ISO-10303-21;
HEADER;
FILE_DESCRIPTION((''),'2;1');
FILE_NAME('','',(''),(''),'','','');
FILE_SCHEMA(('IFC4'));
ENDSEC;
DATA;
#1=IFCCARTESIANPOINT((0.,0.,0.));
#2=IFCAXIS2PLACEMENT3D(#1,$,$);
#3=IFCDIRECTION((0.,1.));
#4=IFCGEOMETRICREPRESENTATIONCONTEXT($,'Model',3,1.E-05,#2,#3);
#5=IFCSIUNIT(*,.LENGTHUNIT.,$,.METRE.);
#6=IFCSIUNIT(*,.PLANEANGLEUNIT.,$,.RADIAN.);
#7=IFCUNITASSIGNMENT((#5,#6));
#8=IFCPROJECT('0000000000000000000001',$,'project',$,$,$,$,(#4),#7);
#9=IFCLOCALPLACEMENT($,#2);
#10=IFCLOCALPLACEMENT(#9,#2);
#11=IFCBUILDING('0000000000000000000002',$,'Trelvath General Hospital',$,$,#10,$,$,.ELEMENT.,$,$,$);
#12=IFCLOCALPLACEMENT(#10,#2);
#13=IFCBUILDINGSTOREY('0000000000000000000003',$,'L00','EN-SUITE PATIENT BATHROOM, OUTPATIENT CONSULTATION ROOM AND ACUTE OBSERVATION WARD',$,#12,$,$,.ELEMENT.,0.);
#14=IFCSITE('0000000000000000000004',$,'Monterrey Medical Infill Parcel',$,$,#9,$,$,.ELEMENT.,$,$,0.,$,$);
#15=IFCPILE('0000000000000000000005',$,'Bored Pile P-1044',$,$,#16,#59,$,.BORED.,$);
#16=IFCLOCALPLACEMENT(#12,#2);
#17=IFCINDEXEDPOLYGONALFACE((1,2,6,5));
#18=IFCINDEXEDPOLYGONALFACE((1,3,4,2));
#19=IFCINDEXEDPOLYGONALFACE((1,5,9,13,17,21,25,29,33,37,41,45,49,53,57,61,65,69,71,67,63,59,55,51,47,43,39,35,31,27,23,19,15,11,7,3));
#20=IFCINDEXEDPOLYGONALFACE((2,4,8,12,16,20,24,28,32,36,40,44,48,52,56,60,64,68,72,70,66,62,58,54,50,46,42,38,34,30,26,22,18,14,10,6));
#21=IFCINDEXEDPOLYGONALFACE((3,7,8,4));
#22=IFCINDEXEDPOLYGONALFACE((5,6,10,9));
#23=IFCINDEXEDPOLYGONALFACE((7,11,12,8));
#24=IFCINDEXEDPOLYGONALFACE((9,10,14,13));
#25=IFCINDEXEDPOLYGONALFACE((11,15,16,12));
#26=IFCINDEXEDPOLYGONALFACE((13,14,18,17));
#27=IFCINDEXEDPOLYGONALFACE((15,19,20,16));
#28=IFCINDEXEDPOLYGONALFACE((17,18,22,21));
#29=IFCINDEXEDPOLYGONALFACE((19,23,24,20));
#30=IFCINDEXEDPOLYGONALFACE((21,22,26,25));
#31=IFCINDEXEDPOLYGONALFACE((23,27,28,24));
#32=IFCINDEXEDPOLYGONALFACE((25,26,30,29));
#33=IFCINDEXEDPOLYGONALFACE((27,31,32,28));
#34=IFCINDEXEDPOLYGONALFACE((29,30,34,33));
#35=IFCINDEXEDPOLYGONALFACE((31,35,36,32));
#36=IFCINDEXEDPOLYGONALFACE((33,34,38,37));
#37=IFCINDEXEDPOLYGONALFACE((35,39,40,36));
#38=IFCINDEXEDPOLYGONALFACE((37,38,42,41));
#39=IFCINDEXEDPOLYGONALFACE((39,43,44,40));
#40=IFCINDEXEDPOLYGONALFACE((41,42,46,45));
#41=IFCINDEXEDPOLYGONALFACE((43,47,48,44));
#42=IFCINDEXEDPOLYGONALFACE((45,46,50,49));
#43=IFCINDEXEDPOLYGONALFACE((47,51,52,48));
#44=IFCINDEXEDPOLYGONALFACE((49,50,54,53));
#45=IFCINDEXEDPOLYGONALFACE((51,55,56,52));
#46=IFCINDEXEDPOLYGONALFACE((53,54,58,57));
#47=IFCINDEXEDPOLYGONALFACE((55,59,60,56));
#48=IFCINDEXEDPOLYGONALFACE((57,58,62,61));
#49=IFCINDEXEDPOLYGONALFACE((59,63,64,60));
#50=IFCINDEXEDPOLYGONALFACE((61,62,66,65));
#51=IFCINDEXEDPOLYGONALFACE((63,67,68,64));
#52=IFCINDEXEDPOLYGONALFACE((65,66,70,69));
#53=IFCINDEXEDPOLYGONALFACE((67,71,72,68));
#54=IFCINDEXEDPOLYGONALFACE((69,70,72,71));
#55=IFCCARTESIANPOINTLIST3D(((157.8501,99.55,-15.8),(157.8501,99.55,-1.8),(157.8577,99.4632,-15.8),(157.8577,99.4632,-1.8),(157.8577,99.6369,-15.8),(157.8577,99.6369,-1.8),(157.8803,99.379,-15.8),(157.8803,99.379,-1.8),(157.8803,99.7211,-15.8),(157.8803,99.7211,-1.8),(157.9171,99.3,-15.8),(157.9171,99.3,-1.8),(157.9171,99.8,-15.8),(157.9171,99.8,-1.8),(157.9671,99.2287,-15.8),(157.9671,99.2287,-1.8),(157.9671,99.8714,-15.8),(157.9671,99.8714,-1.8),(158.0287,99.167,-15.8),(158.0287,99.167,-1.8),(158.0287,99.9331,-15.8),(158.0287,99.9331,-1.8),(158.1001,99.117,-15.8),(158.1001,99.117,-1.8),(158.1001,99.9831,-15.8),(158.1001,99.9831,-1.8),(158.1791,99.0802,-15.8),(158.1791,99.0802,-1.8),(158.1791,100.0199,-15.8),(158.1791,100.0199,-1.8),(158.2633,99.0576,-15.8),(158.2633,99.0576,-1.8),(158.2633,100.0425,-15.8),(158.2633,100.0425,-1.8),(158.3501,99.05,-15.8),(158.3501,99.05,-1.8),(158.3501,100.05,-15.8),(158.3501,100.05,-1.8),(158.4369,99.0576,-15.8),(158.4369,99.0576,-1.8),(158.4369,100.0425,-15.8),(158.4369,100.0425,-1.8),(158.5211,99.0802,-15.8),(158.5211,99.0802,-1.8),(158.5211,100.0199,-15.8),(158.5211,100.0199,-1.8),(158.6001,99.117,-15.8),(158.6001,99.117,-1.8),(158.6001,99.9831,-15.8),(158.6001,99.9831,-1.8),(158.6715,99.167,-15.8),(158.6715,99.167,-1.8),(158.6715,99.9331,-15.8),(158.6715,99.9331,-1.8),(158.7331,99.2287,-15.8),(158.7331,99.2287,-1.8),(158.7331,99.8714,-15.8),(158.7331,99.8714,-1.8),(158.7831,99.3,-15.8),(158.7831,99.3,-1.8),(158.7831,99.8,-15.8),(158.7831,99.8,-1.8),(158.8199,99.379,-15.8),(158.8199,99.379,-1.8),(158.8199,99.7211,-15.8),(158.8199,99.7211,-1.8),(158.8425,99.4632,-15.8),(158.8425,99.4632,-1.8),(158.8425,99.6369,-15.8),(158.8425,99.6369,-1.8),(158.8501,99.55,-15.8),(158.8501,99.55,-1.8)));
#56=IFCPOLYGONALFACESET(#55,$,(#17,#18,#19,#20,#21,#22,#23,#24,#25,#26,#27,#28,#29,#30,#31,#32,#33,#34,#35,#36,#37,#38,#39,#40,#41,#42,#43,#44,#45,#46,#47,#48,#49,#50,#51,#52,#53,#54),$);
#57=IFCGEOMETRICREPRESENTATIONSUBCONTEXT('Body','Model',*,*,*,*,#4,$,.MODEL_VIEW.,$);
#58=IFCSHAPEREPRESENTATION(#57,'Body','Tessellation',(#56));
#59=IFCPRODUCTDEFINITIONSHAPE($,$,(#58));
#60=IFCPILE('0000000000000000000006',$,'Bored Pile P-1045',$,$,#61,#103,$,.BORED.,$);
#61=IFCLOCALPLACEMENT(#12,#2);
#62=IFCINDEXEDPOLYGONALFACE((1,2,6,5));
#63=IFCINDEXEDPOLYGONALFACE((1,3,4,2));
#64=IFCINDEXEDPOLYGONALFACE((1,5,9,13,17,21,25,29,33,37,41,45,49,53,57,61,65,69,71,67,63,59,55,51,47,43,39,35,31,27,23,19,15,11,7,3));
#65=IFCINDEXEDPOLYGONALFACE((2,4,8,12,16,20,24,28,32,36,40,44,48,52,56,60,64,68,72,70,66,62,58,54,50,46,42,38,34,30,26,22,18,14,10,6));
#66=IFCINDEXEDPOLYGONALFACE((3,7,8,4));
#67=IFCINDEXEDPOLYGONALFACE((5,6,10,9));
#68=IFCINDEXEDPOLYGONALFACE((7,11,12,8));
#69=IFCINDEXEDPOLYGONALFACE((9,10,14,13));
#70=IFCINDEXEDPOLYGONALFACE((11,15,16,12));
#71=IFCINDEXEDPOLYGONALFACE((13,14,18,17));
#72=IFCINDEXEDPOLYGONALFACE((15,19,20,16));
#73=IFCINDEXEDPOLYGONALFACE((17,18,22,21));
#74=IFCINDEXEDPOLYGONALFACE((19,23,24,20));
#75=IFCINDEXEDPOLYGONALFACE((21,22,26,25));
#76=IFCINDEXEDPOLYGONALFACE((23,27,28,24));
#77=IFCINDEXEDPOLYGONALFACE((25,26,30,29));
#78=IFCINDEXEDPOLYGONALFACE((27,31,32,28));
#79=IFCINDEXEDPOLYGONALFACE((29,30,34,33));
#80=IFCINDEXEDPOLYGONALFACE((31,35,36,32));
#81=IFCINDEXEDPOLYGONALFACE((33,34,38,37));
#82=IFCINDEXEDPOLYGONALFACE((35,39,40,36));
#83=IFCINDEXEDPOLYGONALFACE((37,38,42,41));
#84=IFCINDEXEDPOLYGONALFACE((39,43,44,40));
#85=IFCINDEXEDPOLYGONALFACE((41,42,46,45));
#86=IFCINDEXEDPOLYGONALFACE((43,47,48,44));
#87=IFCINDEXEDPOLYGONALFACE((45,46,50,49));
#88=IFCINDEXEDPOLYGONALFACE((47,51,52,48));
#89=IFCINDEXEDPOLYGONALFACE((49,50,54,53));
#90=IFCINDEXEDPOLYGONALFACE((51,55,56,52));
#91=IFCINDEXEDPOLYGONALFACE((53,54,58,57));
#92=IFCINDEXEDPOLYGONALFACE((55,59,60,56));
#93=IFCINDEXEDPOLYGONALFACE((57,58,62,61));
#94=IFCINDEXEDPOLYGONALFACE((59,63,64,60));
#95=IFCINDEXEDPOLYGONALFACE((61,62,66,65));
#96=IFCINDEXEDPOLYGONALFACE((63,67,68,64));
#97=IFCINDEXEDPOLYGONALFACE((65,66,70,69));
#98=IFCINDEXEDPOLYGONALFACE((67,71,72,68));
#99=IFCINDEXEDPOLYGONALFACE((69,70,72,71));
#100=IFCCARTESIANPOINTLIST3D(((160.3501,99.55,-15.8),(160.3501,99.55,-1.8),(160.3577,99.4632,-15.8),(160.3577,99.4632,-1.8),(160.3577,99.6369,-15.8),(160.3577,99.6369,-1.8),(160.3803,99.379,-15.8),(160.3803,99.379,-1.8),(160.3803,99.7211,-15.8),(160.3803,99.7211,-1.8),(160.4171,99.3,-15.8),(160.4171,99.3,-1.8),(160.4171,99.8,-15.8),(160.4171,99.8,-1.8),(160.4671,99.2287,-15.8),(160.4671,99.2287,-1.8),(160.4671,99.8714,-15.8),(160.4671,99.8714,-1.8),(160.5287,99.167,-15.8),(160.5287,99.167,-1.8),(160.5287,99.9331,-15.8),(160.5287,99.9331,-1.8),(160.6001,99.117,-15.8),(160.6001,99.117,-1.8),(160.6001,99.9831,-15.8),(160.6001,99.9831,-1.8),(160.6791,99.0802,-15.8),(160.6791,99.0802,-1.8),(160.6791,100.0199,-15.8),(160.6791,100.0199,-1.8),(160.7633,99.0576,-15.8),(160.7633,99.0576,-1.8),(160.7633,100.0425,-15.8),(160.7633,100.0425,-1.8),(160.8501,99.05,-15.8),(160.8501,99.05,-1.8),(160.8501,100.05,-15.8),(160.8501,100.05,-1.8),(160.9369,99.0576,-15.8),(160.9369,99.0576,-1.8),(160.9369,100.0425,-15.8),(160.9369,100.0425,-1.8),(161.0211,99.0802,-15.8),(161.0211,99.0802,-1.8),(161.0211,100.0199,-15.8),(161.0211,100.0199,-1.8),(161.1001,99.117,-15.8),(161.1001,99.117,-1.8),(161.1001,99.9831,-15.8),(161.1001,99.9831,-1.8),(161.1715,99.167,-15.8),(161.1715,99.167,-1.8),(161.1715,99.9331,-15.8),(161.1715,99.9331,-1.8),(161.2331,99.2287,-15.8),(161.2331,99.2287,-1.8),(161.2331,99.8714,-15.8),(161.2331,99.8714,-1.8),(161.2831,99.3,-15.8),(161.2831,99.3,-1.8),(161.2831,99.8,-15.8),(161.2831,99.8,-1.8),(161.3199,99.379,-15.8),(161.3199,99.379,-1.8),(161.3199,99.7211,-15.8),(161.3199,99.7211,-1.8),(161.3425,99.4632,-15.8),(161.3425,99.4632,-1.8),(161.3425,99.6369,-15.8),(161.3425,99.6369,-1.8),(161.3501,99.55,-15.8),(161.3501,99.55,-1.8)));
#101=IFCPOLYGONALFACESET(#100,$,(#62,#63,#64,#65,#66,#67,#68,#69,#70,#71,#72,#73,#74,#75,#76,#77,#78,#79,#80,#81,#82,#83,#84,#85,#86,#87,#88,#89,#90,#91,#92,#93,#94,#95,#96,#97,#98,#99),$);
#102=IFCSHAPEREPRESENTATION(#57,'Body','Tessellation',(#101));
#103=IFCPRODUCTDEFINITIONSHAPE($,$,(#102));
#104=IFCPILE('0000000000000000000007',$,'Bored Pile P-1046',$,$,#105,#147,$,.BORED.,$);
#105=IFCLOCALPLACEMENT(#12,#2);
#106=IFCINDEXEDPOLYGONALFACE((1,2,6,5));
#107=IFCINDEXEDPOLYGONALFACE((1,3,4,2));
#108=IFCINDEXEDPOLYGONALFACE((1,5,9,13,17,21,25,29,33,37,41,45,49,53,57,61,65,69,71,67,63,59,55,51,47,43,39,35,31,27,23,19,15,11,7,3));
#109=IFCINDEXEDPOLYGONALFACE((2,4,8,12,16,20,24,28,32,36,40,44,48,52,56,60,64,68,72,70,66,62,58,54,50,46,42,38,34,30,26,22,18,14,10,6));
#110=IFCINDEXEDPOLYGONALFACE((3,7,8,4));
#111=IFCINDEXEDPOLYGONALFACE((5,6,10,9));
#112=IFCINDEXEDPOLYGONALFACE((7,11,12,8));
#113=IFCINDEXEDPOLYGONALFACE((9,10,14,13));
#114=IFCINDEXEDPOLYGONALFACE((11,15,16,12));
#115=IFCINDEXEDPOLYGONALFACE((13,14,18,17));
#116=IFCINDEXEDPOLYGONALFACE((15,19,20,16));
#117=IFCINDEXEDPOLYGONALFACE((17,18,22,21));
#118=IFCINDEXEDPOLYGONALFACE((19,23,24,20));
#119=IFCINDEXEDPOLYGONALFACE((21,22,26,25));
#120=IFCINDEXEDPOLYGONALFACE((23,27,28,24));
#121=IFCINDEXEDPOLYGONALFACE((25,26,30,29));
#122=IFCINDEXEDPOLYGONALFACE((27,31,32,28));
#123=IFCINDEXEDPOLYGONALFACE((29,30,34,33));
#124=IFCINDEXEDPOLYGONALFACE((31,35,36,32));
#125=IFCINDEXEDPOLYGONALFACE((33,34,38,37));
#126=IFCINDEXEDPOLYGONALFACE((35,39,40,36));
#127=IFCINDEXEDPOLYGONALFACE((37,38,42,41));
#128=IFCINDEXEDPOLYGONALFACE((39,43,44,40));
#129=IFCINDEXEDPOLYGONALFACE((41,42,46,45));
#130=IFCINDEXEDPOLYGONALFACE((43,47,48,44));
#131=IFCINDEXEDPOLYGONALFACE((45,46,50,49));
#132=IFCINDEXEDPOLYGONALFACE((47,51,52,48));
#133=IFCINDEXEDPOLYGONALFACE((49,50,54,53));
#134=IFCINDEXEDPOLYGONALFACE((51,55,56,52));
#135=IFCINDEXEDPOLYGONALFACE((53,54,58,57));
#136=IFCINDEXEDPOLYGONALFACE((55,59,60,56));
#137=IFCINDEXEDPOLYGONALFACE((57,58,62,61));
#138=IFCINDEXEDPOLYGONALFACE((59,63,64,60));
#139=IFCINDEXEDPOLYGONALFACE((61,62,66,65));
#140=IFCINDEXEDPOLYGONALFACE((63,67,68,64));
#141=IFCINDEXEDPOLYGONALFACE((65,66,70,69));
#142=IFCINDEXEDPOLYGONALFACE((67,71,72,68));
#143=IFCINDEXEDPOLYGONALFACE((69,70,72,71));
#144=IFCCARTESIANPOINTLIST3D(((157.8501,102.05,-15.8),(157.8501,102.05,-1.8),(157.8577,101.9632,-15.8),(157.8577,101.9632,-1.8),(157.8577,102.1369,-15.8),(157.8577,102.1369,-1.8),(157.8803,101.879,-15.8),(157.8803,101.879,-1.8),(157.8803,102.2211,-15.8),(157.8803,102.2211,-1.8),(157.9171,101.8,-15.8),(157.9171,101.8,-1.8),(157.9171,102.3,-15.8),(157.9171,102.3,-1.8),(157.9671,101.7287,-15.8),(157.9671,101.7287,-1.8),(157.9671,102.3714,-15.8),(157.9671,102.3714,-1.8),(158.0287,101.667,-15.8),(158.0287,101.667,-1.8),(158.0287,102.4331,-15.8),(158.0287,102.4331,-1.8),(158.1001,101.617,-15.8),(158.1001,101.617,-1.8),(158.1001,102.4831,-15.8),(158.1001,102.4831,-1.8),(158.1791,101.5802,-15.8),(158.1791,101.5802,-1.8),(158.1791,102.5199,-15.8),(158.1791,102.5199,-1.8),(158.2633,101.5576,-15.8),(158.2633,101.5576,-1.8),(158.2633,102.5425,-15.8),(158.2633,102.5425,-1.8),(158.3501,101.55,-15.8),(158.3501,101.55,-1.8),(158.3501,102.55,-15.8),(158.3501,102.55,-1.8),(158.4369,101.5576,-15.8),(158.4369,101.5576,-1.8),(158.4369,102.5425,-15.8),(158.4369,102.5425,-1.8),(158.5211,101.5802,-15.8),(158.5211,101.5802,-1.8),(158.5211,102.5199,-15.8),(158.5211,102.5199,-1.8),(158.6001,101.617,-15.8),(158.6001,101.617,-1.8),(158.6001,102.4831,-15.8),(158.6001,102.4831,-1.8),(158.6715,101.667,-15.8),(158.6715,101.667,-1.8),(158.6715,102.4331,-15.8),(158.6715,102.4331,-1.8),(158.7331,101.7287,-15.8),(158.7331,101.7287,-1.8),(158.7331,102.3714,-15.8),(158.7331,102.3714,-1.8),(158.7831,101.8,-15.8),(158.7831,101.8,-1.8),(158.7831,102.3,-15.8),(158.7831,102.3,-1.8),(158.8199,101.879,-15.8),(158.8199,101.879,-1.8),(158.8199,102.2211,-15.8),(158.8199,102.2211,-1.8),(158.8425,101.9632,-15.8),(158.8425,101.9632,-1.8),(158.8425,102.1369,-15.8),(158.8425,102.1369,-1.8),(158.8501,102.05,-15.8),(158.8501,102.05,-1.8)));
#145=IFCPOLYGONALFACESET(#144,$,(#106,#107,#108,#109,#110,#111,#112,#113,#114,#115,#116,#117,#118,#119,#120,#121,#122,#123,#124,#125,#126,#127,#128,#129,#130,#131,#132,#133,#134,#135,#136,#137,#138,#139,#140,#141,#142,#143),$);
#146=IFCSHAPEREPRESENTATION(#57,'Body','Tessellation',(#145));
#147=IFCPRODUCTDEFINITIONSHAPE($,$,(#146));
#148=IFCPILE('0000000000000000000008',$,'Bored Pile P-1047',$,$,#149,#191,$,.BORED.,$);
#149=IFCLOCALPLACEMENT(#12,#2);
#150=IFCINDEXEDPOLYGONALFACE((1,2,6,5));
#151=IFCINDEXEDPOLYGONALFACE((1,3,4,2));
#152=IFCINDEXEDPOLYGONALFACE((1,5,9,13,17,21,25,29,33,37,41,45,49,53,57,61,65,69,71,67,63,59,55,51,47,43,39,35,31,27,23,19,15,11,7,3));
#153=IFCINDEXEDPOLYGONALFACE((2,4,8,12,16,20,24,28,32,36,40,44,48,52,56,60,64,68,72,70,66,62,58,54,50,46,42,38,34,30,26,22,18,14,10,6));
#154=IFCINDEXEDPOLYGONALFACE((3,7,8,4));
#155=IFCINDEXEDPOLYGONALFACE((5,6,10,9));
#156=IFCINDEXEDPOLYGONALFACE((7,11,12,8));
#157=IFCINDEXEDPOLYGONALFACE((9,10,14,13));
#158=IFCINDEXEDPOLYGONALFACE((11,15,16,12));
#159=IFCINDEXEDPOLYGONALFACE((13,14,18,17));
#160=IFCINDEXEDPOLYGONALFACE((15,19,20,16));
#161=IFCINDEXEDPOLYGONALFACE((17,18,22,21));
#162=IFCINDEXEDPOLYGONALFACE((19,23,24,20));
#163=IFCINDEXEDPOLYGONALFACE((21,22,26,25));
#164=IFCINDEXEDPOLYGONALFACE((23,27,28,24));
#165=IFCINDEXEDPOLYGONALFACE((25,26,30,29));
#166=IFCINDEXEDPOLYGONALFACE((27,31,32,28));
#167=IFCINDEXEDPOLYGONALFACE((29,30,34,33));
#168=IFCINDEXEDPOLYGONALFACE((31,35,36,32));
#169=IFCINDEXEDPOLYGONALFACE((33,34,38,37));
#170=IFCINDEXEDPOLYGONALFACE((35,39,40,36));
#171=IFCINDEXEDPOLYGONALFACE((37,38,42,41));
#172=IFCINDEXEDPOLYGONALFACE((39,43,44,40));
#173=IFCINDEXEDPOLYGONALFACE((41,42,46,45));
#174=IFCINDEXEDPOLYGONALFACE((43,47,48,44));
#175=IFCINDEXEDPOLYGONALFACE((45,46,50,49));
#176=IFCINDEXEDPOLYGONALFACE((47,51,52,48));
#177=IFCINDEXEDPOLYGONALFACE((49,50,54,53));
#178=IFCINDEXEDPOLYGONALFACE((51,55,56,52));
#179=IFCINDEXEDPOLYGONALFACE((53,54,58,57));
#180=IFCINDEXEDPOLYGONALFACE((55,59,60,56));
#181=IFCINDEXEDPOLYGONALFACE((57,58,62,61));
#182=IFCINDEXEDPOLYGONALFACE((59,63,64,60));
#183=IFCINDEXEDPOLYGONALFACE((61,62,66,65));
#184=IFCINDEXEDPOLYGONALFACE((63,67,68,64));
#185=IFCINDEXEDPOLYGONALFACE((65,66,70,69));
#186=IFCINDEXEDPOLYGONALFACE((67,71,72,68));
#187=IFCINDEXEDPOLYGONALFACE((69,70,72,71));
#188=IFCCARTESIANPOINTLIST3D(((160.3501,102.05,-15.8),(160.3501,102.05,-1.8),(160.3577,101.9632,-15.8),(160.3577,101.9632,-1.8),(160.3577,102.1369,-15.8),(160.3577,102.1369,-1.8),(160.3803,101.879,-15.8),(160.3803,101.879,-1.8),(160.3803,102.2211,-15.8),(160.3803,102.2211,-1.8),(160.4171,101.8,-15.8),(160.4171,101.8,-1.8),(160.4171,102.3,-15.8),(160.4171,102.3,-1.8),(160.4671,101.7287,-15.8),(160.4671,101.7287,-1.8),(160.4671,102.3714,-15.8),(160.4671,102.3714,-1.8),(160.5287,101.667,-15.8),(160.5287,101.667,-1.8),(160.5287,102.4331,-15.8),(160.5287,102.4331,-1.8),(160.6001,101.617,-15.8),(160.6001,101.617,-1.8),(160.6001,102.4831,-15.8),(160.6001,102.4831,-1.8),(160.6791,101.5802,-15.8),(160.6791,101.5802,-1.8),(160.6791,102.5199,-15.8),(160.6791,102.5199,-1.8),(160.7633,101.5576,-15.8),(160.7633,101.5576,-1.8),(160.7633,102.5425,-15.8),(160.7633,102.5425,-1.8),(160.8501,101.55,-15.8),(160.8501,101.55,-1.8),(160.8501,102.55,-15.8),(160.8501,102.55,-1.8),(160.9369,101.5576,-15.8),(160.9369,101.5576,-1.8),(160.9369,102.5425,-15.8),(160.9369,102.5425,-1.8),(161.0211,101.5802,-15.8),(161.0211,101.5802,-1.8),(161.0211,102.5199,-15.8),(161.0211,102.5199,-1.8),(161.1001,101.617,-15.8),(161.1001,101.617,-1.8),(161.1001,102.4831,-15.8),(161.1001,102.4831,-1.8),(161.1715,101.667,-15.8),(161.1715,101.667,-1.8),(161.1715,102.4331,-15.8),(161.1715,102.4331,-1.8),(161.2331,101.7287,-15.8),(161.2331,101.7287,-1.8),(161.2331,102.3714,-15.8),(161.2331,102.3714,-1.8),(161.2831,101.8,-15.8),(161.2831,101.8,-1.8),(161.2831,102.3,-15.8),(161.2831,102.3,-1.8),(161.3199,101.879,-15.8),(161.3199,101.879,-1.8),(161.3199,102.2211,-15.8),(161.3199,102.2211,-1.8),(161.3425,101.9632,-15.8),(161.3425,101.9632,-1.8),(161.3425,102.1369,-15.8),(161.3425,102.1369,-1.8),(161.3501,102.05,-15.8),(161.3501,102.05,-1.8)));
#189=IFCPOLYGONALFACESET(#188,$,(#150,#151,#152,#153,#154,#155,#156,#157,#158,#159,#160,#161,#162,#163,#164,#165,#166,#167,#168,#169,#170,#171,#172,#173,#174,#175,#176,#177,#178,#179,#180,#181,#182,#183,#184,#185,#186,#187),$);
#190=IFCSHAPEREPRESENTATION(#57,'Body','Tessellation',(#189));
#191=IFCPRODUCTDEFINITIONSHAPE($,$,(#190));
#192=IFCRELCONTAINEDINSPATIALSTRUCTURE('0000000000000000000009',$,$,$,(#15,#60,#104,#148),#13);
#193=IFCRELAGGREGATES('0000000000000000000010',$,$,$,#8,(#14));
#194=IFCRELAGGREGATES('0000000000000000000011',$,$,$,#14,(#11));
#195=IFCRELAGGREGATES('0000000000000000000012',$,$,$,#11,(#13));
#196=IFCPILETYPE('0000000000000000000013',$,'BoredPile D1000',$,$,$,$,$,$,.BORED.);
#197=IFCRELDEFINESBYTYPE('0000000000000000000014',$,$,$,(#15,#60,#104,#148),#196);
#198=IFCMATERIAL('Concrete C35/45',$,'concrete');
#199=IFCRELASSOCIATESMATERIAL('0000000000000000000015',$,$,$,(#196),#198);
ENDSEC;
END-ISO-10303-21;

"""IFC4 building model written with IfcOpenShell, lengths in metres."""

from ifc_helpers import new_model, si_unit, direction, frame, origin, origin_2d, place, context, subcontext, project, spatial, circle, extrude, material, material_profile, profile_set, type_object, element, save


model = new_model("IFC4")

# Units and contexts
model_context = context("Model", 3, precision=1e-05, world=origin(), true_north=direction((0.0, 1.0)))
body_context = subcontext(model_context, "Body", "Model", "MODEL_VIEW")
ifc_project = project(units=[si_unit("LENGTHUNIT", "METRE"), si_unit("PLANEANGLEUNIT", "RADIAN")], contexts=[model_context])

# Site, building, storey
site_placement = place(None, origin())
site = spatial("IfcSite", under=ifc_project, at=site_placement, Name="Monterrey Medical Infill Parcel", CompositionType="ELEMENT", RefElevation=0.0)
building_placement = place(site_placement, origin())
building = spatial("IfcBuilding", under=site, at=building_placement, Name="Trelvath General Hospital", CompositionType="ELEMENT")
storey_placement = place(building_placement, origin())
storey = spatial("IfcBuildingStorey", under=building, at=storey_placement, Name="L00", Description="EN-SUITE PATIENT BATHROOM, OUTPATIENT CONSULTATION ROOM AND ACUTE OBSERVATION WARD", CompositionType="ELEMENT", Elevation=0.0)

# Piles
ifc_material_1 = material(Name="Concrete C35/45", Category="concrete")
ifc_material_profile_1 = material_profile(ifc_material_1, circle(Radius=0.5, at=origin_2d()), Name="PILE1000")
ifc_profile_set_1 = profile_set([ifc_material_profile_1], Name="Concrete C35/45")
pile_type_1 = type_object("IfcPileType", Name="BoredPile D1000", PredefinedType="BORED", material=ifc_profile_set_1)
for number, where, z_axis, x_axis, name in (
    (1, (158.3501, 99.55, -1.8), (0.0, 0.0, -1.0), (1.0, 0.0, 0.0), "Bored Pile P-1044"),
    (2, (160.8501, 99.55, -1.8), (0.0, 0.0, -1.0), (1.0, 0.0, 0.0), "Bored Pile P-1045"),
    (3, (158.3501, 102.05, -1.8), (0.0, 0.0, -1.0), (1.0, 0.0, 0.0), "Bored Pile P-1046"),
    (4, (160.8501, 102.05, -1.8), (0.0, 0.0, -1.0), (1.0, 0.0, 0.0), "Bored Pile P-1047"),
):
    element("IfcPile", number, at=place(storey_placement, frame(where, z_axis=z_axis, x_axis=x_axis)), inside=storey, type_object=pile_type_1, Name=name, PredefinedType="BORED", context=body_context, shape_type="SweptSolid", body=[
        extrude(circle(Radius=0.5, at=origin_2d()), origin(), (0.0, 0.0, 1.0), 14.0),
    ])

save(model, "model.ifc")
